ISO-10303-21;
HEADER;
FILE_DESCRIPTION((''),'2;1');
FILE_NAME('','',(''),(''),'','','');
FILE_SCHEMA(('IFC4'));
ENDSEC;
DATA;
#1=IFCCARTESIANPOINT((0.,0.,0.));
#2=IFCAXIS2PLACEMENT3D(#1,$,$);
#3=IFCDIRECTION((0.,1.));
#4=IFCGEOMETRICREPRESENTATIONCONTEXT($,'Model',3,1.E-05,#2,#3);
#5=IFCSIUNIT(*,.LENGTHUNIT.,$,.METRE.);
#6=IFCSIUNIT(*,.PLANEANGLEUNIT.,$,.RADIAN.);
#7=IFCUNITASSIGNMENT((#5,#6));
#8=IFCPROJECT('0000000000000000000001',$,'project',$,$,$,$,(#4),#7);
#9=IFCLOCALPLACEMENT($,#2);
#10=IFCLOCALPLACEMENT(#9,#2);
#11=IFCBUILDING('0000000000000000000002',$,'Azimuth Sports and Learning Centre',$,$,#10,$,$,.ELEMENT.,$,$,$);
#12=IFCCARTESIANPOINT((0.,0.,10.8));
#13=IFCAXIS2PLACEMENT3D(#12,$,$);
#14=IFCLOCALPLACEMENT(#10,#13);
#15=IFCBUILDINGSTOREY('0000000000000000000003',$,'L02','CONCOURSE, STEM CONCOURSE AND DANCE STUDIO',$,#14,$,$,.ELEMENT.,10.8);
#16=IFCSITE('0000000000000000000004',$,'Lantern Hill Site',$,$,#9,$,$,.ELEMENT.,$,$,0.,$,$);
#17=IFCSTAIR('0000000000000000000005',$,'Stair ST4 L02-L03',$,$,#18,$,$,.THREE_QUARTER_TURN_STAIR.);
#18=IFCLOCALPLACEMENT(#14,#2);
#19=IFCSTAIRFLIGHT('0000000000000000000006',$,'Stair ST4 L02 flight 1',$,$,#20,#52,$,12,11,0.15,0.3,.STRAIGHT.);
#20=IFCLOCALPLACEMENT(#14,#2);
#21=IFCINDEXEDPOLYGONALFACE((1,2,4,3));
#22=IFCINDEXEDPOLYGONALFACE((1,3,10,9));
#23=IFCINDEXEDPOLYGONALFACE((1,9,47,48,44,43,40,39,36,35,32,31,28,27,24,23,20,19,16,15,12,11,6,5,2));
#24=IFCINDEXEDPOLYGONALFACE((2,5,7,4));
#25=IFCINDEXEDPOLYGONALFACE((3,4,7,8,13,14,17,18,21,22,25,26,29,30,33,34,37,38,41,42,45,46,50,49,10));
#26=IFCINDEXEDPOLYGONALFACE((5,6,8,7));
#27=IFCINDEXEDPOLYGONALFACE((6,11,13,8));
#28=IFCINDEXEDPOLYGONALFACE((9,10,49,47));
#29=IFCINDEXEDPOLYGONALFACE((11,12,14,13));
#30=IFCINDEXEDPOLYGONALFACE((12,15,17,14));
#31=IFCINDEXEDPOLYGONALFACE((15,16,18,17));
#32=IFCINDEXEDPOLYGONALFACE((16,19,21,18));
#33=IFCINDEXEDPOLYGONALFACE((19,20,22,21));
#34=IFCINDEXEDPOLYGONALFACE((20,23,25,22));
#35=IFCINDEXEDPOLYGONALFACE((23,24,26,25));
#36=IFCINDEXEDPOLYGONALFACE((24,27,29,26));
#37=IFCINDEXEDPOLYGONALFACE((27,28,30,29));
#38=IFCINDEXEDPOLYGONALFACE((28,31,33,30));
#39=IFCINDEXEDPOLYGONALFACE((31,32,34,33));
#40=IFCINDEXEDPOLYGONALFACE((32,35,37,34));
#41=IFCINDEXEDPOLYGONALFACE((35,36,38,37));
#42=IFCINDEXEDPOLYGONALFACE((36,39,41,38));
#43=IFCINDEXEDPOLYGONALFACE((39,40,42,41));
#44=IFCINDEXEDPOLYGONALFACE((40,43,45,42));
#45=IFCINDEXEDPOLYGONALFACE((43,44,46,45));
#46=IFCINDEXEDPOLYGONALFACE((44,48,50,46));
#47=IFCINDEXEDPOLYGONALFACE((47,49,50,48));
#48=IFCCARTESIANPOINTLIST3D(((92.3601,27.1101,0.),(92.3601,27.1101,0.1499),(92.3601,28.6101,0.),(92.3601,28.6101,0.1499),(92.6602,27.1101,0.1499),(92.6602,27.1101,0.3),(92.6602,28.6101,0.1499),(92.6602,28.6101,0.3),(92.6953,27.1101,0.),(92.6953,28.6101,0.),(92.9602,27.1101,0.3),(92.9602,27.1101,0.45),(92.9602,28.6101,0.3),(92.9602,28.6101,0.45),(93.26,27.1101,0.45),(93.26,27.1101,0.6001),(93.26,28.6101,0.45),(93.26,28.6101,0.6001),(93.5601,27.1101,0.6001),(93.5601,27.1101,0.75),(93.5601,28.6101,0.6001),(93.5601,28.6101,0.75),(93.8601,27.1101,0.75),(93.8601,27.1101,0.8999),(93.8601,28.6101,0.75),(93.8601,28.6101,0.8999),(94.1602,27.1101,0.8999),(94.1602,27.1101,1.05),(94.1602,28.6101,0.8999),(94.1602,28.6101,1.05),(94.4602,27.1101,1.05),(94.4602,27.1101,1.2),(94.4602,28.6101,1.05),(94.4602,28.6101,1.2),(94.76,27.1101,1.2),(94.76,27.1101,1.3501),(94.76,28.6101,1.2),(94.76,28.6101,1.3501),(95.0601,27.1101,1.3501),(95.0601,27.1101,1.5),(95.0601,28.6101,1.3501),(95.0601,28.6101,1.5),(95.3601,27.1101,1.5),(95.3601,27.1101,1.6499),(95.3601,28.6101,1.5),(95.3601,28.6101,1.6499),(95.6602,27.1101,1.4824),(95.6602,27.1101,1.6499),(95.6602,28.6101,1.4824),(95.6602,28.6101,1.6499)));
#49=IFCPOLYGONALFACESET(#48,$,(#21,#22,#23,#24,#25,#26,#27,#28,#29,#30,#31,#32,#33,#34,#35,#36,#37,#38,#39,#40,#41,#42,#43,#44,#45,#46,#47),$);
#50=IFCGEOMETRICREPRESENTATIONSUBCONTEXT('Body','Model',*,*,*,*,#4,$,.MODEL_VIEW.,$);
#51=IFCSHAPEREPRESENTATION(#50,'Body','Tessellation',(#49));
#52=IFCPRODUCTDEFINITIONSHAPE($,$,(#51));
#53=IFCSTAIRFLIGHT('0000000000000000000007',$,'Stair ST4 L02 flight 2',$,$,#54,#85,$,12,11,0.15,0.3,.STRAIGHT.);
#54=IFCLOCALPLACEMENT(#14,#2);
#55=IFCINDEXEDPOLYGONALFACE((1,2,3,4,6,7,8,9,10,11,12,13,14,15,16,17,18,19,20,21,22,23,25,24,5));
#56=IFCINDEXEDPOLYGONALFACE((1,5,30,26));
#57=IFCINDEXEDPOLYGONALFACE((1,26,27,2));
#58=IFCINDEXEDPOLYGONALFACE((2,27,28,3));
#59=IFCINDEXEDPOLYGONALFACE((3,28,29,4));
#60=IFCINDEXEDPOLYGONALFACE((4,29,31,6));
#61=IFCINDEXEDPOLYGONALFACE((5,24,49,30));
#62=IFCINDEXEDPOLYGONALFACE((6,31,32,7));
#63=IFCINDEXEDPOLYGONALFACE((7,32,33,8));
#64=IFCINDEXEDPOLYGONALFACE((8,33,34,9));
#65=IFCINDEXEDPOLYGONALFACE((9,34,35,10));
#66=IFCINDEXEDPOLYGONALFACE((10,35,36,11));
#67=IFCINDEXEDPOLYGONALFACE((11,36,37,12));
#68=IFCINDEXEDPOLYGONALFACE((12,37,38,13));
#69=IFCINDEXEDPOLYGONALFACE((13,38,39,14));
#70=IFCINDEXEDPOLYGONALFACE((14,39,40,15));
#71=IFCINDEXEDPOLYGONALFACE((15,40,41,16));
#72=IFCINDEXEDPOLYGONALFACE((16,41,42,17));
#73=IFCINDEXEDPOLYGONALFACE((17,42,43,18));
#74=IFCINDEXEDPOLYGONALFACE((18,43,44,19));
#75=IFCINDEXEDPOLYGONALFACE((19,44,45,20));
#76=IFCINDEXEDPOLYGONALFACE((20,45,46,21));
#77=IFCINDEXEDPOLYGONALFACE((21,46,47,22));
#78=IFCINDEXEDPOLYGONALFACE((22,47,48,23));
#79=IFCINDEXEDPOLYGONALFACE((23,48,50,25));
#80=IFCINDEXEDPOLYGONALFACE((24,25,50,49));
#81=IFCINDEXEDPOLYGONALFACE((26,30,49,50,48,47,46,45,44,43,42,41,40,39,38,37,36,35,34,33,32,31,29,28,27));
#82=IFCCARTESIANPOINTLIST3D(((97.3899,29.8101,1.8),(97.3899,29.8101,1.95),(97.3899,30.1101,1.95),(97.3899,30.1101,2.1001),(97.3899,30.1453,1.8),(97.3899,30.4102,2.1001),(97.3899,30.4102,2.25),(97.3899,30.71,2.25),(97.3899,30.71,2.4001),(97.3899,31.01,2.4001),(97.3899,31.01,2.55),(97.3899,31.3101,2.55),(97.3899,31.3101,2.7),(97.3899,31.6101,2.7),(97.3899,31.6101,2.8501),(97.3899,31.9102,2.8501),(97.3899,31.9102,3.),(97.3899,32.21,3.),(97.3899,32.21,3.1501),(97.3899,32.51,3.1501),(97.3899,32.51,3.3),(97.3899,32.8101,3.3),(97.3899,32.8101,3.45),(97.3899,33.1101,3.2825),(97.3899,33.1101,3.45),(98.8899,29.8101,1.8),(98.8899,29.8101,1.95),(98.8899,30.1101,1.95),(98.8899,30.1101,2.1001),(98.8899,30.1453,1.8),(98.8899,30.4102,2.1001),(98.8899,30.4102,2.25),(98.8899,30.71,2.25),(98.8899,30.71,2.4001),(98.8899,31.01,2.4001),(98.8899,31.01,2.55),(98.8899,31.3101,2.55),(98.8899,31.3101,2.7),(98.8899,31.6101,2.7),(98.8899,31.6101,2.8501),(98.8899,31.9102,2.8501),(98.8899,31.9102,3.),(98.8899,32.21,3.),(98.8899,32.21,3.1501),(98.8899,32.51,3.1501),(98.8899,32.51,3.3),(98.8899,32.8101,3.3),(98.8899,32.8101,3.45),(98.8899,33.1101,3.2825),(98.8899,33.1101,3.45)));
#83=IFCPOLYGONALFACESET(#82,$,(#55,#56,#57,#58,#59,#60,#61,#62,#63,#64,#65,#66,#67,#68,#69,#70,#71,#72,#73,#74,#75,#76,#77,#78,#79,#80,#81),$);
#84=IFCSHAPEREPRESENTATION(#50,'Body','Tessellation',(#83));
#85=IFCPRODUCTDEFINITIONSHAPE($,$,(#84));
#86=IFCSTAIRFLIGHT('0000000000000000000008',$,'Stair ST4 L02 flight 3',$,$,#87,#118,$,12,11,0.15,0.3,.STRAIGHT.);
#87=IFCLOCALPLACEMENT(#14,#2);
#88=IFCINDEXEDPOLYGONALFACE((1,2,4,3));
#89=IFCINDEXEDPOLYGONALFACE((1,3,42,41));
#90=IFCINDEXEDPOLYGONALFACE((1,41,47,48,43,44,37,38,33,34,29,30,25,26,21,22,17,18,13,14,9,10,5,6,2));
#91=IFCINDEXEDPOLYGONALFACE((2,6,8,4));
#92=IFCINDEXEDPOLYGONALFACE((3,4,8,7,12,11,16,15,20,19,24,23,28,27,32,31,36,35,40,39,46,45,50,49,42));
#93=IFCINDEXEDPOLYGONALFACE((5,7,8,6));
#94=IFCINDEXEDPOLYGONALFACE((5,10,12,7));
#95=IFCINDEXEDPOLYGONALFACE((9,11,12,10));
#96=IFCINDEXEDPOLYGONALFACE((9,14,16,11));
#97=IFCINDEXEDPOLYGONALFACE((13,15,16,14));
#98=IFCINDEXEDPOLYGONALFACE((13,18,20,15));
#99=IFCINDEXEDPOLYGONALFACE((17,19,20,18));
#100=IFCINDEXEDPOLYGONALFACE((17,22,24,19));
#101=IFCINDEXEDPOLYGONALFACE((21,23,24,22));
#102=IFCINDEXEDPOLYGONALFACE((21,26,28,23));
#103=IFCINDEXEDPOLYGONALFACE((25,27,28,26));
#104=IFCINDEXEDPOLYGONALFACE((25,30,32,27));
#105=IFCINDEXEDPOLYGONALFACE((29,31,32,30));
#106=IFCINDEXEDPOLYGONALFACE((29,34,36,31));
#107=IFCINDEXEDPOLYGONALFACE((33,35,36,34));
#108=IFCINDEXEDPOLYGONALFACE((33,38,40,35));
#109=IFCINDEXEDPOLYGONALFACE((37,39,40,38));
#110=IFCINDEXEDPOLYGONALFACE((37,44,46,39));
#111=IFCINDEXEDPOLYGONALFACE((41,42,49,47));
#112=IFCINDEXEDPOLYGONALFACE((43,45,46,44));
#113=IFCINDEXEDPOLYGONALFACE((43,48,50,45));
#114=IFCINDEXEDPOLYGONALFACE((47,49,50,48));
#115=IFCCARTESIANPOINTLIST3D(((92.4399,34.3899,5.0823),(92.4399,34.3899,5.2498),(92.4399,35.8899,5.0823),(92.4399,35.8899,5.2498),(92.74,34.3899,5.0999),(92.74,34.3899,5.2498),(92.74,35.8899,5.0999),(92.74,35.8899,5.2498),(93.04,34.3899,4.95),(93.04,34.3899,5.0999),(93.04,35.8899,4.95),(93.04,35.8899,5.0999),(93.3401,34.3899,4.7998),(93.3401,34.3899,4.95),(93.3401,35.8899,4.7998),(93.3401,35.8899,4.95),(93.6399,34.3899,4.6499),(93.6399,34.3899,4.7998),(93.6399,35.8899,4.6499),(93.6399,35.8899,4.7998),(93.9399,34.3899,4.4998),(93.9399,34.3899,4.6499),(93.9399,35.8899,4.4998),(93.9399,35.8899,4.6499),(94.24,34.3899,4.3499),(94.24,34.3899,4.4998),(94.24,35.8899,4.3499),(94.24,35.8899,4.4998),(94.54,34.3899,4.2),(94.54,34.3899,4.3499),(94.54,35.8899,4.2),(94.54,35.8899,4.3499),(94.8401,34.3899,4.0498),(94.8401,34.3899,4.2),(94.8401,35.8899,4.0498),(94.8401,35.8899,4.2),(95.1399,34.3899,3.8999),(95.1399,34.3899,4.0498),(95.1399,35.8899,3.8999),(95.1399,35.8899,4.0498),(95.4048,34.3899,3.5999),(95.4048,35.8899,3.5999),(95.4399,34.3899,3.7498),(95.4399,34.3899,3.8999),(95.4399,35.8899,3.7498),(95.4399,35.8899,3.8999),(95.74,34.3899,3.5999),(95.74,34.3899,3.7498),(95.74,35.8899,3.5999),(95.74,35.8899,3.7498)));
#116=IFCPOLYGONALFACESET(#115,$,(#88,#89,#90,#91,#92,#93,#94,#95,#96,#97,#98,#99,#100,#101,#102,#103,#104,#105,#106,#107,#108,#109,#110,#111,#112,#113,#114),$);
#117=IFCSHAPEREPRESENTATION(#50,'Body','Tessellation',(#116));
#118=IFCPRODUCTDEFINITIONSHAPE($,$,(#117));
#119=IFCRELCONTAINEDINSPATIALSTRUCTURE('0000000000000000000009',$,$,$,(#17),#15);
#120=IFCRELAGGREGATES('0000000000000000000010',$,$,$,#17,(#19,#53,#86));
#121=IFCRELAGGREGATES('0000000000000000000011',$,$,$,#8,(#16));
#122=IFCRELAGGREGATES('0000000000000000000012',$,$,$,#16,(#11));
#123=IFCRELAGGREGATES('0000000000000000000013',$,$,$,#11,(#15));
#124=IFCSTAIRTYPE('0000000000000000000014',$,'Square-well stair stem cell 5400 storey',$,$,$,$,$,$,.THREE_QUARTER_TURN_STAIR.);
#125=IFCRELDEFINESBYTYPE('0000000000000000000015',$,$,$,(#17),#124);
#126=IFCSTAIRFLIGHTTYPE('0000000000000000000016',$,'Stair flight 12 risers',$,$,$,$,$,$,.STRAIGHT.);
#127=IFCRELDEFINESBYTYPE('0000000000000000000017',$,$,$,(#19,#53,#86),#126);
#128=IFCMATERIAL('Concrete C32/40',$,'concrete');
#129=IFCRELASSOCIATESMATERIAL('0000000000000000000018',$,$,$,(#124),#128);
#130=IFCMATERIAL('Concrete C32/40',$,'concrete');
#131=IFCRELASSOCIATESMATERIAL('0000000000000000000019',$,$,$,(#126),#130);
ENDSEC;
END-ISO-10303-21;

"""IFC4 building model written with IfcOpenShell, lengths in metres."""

from ifc_helpers import new_model, si_unit, direction, frame, origin, place, context, subcontext, project, spatial, polyline, outline, extrude, material, type_object, element, aggregate, save


model = new_model("IFC4")

# Units and contexts
model_context = context("Model", 3, precision=1e-05, world=origin(), true_north=direction((0.0, 1.0)))
body_context = subcontext(model_context, "Body", "Model", "MODEL_VIEW")
ifc_project = project(units=[si_unit("LENGTHUNIT", "METRE"), si_unit("PLANEANGLEUNIT", "RADIAN")], contexts=[model_context])

# Site, building, storey
site_placement = place(None, origin())
site = spatial("IfcSite", under=ifc_project, at=site_placement, Name="Lantern Hill Site", CompositionType="ELEMENT", RefElevation=0.0)
building_placement = place(site_placement, origin())
building = spatial("IfcBuilding", under=site, at=building_placement, Name="Azimuth Sports and Learning Centre", CompositionType="ELEMENT")
storey_placement = place(building_placement, frame((0.0, 0.0, 10.8)))
storey = spatial("IfcBuildingStorey", under=building, at=storey_placement, Name="L02", Description="CONCOURSE, STEM CONCOURSE AND DANCE STUDIO", CompositionType="ELEMENT", Elevation=10.8)

# Stair, stair flights
ifc_material_1 = material(Name="Concrete C32/40", Category="concrete")
stair_type = type_object("IfcStairType", Name="Square-well stair stem cell 5400 storey", PredefinedType="THREE_QUARTER_TURN_STAIR", material=ifc_material_1)
stair_placement = place(storey_placement, origin())
stair = element("IfcStair", 1, at=stair_placement, inside=storey, type_object=stair_type, Name="Stair ST4 L02-L03", PredefinedType="THREE_QUARTER_TURN_STAIR")
ifc_material_2 = material(Name="Concrete C32/40", Category="concrete")
stair_flight_type = type_object("IfcStairFlightType", Name="Stair flight 12 risers", PredefinedType="STRAIGHT", material=ifc_material_2)
stair_flight_1_placement = place(storey_placement, frame((92.3601, 27.8601, 0.0), z_axis=(0.0, 0.0, 1.0), x_axis=(1.0, 0.0, 0.0)))
stair_flight_1 = element("IfcStairFlight", 2, at=stair_flight_1_placement, type_object=stair_flight_type, Name="Stair ST4 L02 flight 1", NumberOfRisers=12, NumberOfTreads=11, PredefinedType="STRAIGHT", RiserHeight=0.15, TreadLength=0.3, context=body_context, shape_type="SweptSolid", body=[
    extrude(outline(polyline([(0.0, 0.0), (0.0, 0.1499), (0.3, 0.1499), (0.3, 0.3), (0.6001, 0.3), (0.6001, 0.45), (0.8999, 0.45), (0.8999, 0.6001), (1.2, 0.6001), (1.2, 0.75), (1.5, 0.75), (1.5, 0.8999), (1.8, 0.8999), (1.8, 1.05), (2.1001, 1.05), (2.1001, 1.2), (2.3999, 1.2), (2.3999, 1.3501), (2.7, 1.3501), (2.7, 1.5), (3.0, 1.5), (3.0, 1.6499), (3.3, 1.6499), (3.3, 1.8), (3.3, 1.4824), (0.3352, 0.0), (0.0, 0.0)])), frame((0.0, 0.75, 0.0), z_axis=(0.0, -1.0, 0.0), x_axis=(1.0, 0.0, 0.0)), (0.0, 0.0, 1.0), 1.5),
])
stair_flight_2_placement = place(storey_placement, frame((98.1399, 29.8101, 1.8), z_axis=(0.0, 0.0, 1.0), x_axis=(0.0, 1.0, 0.0)))
stair_flight_2 = element("IfcStairFlight", 3, at=stair_flight_2_placement, type_object=stair_flight_type, Name="Stair ST4 L02 flight 2", NumberOfRisers=12, NumberOfTreads=11, PredefinedType="STRAIGHT", RiserHeight=0.15, TreadLength=0.3, context=body_context, shape_type="SweptSolid", body=[
    extrude(outline(polyline([(0.0, 0.0), (0.0, 0.1499), (0.3, 0.1499), (0.3, 0.3), (0.6001, 0.3), (0.6001, 0.45), (0.8999, 0.45), (0.8999, 0.6001), (1.2, 0.6001), (1.2, 0.75), (1.5, 0.75), (1.5, 0.8999), (1.8, 0.8999), (1.8, 1.05), (2.1001, 1.05), (2.1001, 1.2), (2.3999, 1.2), (2.3999, 1.3501), (2.7, 1.3501), (2.7, 1.5), (3.0, 1.5), (3.0, 1.6499), (3.3, 1.6499), (3.3, 1.8), (3.3, 1.4824), (0.3352, 0.0), (0.0, 0.0)])), frame((0.0, 0.75, 0.0), z_axis=(0.0, -1.0, 0.0), x_axis=(1.0, 0.0, 0.0)), (0.0, 0.0, 1.0), 1.5),
])
stair_flight_3_placement = place(storey_placement, frame((95.74, 35.1399, 3.5999), z_axis=(0.0, 0.0, 1.0), x_axis=(-1.0, 0.0, 0.0)))
stair_flight_3 = element("IfcStairFlight", 4, at=stair_flight_3_placement, type_object=stair_flight_type, Name="Stair ST4 L02 flight 3", NumberOfRisers=12, NumberOfTreads=11, PredefinedType="STRAIGHT", RiserHeight=0.15, TreadLength=0.3, context=body_context, shape_type="SweptSolid", body=[
    extrude(outline(polyline([(0.0, 0.0), (0.0, 0.1499), (0.3, 0.1499), (0.3, 0.3), (0.6001, 0.3), (0.6001, 0.45), (0.8999, 0.45), (0.8999, 0.6001), (1.2, 0.6001), (1.2, 0.75), (1.5, 0.75), (1.5, 0.8999), (1.8, 0.8999), (1.8, 1.05), (2.1001, 1.05), (2.1001, 1.2), (2.3999, 1.2), (2.3999, 1.3501), (2.7, 1.3501), (2.7, 1.5), (3.0, 1.5), (3.0, 1.6499), (3.3, 1.6499), (3.3, 1.8), (3.3, 1.4824), (0.3352, 0.0), (0.0, 0.0)])), frame((0.0, 0.75, 0.0), z_axis=(0.0, -1.0, 0.0), x_axis=(1.0, 0.0, 0.0)), (0.0, 0.0, 1.0), 1.5),
])
aggregate(stair, [stair_flight_1, stair_flight_2, stair_flight_3])

save(model, "model.ifc")
